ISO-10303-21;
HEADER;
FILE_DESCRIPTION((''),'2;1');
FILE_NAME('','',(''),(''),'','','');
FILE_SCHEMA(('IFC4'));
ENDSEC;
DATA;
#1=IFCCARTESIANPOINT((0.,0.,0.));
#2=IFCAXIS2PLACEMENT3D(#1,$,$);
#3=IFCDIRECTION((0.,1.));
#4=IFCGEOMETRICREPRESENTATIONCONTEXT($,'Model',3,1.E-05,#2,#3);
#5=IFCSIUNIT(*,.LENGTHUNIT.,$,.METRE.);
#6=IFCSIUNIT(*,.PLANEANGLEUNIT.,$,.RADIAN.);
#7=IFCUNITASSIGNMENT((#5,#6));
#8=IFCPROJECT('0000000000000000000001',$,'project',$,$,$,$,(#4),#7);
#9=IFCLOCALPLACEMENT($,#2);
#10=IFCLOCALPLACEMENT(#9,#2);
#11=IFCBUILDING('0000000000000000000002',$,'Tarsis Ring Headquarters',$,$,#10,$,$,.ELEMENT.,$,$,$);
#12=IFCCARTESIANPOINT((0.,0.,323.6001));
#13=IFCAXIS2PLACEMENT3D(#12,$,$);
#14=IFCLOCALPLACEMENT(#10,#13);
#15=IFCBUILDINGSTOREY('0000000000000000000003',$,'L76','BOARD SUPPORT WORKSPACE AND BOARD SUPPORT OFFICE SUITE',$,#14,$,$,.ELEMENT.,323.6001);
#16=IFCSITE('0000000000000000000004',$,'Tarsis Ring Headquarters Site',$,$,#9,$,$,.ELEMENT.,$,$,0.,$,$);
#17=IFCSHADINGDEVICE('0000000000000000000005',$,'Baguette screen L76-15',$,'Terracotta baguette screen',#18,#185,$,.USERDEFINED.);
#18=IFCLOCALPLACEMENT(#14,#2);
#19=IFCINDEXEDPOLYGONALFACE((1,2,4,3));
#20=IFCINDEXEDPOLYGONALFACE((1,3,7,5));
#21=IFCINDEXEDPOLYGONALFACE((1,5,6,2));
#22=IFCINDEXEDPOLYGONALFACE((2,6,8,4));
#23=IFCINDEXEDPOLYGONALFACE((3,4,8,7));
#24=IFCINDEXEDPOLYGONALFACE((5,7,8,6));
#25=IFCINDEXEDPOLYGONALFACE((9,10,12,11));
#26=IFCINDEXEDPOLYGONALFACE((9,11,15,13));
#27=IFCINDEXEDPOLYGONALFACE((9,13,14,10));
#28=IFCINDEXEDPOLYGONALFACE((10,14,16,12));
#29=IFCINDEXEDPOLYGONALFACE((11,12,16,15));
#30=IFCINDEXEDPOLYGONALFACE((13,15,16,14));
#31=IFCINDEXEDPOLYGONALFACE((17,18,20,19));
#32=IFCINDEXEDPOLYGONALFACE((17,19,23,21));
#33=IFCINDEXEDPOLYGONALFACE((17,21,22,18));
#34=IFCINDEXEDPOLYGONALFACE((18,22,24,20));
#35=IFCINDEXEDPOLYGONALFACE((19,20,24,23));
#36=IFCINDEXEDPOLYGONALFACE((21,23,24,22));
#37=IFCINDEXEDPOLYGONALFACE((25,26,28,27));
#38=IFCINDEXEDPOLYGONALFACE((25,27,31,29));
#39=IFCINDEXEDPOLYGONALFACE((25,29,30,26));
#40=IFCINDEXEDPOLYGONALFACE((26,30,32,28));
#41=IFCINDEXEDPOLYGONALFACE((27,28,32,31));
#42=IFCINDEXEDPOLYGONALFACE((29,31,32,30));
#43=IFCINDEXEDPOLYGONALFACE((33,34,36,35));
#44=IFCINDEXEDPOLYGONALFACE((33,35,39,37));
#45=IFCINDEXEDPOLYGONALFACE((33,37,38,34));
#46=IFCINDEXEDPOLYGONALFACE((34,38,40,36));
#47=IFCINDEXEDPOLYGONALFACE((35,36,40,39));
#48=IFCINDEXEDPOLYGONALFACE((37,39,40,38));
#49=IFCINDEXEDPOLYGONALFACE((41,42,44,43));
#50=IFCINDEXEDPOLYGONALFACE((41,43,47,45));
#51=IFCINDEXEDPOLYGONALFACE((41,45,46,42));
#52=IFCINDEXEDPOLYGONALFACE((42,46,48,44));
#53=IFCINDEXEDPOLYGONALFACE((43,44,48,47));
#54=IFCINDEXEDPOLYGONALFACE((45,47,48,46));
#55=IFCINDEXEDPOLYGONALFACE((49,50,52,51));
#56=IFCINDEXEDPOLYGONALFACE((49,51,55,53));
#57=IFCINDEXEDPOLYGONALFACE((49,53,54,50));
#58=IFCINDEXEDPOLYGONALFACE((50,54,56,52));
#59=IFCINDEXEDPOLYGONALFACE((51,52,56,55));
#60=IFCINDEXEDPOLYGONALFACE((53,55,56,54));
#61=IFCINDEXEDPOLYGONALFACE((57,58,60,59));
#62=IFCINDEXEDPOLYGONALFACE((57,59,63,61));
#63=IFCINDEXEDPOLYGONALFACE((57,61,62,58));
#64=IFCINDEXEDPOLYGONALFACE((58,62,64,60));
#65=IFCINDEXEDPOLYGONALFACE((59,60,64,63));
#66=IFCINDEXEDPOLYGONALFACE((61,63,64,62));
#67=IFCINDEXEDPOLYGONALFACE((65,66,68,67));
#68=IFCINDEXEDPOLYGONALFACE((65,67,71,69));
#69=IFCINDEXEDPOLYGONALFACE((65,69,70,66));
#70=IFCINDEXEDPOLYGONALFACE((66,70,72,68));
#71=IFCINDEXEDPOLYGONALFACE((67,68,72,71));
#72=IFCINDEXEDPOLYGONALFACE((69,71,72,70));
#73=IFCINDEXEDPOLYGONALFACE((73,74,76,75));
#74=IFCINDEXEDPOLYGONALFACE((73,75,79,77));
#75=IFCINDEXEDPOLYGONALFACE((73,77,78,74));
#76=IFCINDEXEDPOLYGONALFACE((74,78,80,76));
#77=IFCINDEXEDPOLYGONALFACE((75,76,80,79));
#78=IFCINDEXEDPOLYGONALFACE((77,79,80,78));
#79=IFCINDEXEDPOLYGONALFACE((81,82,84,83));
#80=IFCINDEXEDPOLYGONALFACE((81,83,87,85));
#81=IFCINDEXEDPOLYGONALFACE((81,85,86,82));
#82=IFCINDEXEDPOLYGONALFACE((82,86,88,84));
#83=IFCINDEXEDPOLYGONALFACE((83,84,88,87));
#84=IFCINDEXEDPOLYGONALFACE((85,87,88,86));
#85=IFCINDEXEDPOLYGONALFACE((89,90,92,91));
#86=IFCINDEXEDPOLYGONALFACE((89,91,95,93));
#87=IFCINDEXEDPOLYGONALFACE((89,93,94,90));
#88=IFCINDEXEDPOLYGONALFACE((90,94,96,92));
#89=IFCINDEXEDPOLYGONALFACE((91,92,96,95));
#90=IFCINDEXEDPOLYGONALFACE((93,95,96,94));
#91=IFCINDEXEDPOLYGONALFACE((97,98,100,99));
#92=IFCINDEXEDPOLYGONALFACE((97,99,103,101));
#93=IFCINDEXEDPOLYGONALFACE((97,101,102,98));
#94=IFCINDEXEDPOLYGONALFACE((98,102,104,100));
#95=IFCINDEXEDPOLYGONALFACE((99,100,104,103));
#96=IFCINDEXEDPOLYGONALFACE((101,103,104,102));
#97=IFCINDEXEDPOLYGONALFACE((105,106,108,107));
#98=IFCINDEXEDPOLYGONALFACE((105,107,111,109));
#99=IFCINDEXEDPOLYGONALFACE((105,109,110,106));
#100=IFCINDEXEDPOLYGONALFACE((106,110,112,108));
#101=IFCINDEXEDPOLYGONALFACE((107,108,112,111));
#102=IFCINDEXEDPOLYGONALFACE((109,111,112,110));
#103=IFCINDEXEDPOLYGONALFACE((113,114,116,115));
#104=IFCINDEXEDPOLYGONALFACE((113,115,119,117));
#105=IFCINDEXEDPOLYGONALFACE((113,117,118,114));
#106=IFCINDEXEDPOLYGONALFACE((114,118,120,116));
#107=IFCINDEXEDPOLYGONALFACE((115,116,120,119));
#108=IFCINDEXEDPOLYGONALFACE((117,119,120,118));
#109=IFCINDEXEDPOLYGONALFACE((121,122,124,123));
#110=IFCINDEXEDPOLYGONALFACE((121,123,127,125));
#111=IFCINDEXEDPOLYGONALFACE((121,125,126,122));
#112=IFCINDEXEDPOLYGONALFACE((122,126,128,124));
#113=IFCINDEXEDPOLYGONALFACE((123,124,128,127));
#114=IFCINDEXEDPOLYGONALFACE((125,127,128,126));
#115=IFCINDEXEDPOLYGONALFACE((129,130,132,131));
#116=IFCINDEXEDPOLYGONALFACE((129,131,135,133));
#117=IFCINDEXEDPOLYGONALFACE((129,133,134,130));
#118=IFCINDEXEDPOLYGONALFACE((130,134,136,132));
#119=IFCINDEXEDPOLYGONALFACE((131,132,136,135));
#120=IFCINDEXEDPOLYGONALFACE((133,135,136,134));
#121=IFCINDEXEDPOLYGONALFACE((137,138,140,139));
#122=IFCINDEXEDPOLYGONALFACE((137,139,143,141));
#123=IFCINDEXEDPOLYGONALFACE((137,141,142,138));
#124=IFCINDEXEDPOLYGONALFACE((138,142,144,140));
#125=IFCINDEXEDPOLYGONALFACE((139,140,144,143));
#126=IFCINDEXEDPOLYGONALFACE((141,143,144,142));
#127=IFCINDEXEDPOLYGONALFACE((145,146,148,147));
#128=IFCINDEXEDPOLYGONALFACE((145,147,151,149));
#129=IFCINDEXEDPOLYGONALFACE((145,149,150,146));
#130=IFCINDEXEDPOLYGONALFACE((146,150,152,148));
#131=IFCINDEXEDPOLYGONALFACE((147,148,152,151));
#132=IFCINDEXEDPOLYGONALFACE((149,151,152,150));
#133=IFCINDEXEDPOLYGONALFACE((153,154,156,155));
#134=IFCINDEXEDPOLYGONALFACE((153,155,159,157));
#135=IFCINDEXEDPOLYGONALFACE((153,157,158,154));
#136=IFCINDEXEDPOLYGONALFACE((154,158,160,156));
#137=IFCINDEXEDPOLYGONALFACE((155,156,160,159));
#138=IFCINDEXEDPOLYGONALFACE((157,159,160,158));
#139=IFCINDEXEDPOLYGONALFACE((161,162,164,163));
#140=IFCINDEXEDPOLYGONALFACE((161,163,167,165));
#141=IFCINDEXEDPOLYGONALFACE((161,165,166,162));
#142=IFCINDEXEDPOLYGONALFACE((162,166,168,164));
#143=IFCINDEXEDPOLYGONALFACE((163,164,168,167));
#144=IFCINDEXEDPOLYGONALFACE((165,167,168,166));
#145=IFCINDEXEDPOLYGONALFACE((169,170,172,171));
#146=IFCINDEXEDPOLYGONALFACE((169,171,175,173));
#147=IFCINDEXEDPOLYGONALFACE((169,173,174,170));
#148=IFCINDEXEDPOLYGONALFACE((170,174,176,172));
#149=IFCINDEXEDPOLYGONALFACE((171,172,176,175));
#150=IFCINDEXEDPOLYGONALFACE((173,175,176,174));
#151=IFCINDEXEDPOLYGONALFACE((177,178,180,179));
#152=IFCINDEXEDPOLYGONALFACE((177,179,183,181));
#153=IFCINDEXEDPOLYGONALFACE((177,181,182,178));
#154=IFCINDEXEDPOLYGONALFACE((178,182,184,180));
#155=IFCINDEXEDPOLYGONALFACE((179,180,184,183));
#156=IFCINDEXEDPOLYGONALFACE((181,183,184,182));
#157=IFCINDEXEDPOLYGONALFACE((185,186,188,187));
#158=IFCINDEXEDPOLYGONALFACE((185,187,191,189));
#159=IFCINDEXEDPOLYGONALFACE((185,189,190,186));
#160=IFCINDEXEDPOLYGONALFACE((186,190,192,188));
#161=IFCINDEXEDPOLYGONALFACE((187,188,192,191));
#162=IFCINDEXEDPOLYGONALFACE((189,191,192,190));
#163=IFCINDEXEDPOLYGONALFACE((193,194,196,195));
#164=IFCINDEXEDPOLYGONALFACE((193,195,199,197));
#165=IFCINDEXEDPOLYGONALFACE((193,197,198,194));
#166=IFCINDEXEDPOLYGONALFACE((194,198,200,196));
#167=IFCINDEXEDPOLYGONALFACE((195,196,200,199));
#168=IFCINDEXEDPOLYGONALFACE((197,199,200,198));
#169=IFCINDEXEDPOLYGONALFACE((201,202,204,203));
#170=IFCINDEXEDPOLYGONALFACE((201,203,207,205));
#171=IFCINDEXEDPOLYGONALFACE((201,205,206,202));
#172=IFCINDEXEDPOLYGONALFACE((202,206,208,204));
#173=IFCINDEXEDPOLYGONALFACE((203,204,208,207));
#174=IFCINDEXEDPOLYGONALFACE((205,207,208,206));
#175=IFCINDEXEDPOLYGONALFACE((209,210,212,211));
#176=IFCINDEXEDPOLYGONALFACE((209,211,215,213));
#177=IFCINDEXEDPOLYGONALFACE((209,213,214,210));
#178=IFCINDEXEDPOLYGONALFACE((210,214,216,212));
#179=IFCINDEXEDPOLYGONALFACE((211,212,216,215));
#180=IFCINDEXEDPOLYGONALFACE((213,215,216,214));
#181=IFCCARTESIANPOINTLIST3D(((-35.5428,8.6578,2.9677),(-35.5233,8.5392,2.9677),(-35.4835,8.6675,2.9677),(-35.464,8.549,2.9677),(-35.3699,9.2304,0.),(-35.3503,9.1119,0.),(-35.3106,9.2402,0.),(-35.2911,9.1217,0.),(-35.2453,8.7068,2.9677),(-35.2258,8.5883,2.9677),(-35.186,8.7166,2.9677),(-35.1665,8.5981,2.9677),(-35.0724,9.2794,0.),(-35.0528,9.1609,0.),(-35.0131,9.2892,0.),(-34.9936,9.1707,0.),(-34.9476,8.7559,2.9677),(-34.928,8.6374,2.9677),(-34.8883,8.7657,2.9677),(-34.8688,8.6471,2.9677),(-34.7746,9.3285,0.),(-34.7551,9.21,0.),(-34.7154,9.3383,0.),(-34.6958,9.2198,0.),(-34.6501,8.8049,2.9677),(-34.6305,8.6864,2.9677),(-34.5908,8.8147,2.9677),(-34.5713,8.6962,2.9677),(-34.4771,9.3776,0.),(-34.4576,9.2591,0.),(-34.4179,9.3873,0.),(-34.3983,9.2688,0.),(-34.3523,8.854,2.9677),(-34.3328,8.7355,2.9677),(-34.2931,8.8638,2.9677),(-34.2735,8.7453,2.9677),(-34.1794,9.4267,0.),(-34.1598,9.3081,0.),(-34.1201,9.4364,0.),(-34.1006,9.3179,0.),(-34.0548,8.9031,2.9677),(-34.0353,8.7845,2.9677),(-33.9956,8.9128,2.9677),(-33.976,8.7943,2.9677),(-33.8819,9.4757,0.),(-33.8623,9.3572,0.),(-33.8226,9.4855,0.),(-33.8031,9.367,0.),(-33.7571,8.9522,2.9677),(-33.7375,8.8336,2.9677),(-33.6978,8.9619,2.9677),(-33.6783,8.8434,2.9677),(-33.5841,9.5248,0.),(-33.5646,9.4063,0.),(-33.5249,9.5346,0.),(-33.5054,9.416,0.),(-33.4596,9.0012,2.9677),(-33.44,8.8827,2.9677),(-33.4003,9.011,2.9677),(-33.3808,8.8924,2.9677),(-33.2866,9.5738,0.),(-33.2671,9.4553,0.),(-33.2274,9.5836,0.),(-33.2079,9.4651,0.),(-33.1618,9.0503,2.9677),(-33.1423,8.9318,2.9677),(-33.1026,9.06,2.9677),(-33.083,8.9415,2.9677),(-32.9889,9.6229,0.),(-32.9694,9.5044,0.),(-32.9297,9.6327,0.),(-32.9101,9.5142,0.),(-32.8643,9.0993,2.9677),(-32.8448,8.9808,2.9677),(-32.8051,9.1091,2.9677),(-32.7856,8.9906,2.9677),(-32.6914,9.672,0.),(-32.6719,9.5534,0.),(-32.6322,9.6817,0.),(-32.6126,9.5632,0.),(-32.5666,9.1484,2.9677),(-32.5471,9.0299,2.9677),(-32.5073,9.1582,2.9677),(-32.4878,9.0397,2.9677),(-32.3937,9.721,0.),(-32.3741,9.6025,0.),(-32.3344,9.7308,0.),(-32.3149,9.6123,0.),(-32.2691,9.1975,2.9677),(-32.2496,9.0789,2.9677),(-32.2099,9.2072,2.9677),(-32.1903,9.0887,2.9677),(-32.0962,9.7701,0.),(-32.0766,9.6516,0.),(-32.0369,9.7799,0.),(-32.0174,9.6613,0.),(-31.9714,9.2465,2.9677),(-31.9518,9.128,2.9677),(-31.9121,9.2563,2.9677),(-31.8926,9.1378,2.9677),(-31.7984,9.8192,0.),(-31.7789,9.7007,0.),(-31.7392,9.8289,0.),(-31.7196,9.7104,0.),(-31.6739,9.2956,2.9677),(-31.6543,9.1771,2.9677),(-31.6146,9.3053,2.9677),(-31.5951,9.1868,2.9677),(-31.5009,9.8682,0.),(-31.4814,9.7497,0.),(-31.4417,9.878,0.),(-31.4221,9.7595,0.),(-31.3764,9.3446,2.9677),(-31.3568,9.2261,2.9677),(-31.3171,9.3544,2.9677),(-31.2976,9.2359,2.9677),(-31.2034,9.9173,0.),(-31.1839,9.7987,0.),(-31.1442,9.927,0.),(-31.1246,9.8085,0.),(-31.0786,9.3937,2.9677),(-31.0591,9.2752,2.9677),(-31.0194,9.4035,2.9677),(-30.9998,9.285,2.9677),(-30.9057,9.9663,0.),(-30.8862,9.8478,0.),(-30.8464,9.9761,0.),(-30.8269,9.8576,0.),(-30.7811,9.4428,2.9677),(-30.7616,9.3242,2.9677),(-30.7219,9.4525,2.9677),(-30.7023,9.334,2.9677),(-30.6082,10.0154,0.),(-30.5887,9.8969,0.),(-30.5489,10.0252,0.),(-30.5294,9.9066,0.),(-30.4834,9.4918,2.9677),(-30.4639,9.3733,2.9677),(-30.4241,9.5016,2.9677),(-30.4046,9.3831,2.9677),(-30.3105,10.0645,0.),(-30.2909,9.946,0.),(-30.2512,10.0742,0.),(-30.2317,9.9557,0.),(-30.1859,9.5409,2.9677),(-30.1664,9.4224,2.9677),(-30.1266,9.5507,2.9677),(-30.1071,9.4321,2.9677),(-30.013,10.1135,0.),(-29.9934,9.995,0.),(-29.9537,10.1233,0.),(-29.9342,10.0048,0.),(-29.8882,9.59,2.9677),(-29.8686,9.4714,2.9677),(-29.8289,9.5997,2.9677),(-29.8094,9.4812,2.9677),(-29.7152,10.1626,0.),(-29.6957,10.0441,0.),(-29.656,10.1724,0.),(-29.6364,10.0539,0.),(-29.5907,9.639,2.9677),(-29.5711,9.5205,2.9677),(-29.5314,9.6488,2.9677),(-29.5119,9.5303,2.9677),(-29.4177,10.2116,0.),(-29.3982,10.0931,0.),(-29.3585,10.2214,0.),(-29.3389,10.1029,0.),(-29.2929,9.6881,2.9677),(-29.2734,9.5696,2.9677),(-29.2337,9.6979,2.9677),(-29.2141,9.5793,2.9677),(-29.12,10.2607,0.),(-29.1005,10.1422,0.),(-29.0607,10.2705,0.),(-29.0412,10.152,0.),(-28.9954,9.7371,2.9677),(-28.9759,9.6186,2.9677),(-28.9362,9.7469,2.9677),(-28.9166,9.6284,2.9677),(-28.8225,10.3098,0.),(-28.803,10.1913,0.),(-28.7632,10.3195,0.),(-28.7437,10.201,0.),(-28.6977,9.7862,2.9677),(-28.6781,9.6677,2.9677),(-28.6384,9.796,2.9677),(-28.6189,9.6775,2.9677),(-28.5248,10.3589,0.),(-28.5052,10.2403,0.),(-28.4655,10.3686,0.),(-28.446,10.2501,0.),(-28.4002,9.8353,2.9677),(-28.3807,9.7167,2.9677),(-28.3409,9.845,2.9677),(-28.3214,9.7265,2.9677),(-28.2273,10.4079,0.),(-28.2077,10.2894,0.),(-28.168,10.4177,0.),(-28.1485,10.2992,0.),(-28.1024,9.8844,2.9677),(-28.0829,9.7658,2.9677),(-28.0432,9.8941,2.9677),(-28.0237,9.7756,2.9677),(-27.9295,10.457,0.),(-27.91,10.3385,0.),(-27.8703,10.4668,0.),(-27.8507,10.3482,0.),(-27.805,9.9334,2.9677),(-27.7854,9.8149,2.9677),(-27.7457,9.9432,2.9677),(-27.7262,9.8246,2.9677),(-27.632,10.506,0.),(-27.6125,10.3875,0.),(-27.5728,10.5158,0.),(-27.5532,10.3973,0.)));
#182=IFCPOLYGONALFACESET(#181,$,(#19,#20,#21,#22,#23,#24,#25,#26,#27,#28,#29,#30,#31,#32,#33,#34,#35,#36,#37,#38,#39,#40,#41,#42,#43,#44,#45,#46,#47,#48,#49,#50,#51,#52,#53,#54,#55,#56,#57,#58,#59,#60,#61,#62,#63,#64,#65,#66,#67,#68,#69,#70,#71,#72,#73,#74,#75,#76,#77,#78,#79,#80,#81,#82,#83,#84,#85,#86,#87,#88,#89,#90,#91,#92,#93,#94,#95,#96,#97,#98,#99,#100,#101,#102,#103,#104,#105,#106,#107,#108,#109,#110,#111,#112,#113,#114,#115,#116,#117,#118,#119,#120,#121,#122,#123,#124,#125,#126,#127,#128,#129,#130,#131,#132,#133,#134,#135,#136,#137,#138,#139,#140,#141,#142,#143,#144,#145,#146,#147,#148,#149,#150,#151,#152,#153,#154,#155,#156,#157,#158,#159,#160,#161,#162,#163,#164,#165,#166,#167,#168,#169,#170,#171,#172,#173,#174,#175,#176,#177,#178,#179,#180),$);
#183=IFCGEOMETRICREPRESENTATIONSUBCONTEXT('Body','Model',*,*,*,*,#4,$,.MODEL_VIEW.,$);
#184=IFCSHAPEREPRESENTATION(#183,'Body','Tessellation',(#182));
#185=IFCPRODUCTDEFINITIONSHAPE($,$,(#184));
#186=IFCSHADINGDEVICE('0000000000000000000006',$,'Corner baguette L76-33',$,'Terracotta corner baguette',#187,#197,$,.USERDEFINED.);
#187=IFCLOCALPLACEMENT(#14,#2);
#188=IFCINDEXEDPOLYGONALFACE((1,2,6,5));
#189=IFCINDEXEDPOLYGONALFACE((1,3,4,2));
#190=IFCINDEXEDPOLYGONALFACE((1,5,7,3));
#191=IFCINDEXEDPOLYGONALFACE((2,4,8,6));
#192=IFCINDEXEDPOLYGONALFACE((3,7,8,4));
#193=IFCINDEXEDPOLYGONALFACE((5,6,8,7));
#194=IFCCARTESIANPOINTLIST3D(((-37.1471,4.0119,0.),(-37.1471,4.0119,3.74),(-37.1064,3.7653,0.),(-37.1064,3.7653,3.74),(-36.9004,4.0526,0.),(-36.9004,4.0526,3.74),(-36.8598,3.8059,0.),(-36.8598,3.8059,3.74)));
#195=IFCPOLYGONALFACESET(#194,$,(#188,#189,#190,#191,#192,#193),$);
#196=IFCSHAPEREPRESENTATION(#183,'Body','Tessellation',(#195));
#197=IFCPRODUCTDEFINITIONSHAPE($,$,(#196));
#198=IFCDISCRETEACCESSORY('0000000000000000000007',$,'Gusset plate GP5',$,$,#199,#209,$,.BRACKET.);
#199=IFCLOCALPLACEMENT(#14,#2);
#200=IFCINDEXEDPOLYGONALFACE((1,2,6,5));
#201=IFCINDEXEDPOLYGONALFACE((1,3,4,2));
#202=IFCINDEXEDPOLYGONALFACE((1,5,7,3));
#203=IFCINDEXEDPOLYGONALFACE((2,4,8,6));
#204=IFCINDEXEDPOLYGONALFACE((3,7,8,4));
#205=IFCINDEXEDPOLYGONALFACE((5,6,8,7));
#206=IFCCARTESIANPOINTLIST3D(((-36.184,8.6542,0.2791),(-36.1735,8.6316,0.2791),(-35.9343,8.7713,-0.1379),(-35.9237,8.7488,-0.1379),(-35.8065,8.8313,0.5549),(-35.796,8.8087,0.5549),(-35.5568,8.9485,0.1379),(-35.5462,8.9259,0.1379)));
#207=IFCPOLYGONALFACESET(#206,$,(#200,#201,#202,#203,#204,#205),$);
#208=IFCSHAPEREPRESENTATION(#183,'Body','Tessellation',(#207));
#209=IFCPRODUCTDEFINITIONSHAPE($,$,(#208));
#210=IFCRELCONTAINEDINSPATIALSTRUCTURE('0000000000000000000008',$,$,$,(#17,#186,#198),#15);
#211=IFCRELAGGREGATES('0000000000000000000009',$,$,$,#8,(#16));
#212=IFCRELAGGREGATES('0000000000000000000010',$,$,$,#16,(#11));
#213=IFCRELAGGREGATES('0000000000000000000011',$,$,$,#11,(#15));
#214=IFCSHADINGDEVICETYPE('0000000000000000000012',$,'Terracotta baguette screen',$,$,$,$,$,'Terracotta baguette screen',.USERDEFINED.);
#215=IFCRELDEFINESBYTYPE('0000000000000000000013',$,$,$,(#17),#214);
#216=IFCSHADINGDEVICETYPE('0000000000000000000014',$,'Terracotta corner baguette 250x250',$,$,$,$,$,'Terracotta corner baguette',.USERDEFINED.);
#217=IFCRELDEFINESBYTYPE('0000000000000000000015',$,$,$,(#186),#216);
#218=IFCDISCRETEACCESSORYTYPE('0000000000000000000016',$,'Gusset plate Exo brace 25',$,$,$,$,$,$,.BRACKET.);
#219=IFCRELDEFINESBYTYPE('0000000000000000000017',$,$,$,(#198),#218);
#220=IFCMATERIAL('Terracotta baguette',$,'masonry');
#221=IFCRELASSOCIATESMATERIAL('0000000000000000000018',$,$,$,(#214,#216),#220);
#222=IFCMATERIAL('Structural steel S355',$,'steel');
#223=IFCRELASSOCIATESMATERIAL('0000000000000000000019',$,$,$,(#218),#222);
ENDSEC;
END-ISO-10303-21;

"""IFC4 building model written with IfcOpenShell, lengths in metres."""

from ifc_helpers import new_model, si_unit, direction, frame, frame_2d, origin, origin_2d, place, context, subcontext, project, spatial, rectangle, composite_profile, extrude, material, material_profile, profile_set, type_object, element, save


model = new_model("IFC4")

# Units and contexts
model_context = context("Model", 3, precision=1e-05, world=origin(), true_north=direction((0.0, 1.0)))
body_context = subcontext(model_context, "Body", "Model", "MODEL_VIEW")
ifc_project = project(units=[si_unit("LENGTHUNIT", "METRE"), si_unit("PLANEANGLEUNIT", "RADIAN")], contexts=[model_context])

# Site, building, storey
site_placement = place(None, origin())
site = spatial("IfcSite", under=ifc_project, at=site_placement, Name="Tarsis Ring Headquarters Site", CompositionType="ELEMENT", RefElevation=0.0)
building_placement = place(site_placement, origin())
building = spatial("IfcBuilding", under=site, at=building_placement, Name="Tarsis Ring Headquarters", CompositionType="ELEMENT")
storey_placement = place(building_placement, frame((0.0, 0.0, 323.6001)))
storey = spatial("IfcBuildingStorey", under=building, at=storey_placement, Name="L76", Description="BOARD SUPPORT WORKSPACE AND BOARD SUPPORT OFFICE SUITE", CompositionType="ELEMENT", Elevation=323.6001)

# Shared definitions
ifc_material_1 = material(Name="Structural steel S355", Category="steel")

# Shading devices
ifc_material_2 = material(Name="Terracotta baguette", Category="masonry")
shading_device_type_1 = type_object("IfcShadingDeviceType", Name="Terracotta baguette screen", ElementType="Terracotta baguette screen", PredefinedType="USERDEFINED", material=ifc_material_2)
shading_device_1_placement = place(storey_placement, frame((-27.563, 10.4565, 0.0), z_axis=(0.0, 0.0, 1.0), x_axis=(-0.986684, -0.162661, 0.0)))
element("IfcShadingDevice", 1, at=shading_device_1_placement, inside=storey, type_object=shading_device_type_1, Name="Baguette screen L76-15", ObjectType="Terracotta baguette screen", PredefinedType="USERDEFINED", context=body_context, shape_type="SweptSolid", body=[
    extrude(composite_profile([rectangle(XDim=0.0601, YDim=0.1201, at=frame_2d((0.03, 0.0))), rectangle(XDim=0.0601, YDim=0.1201, at=frame_2d((0.3315, 0.0))), rectangle(XDim=0.0601, YDim=0.1201, at=frame_2d((0.6333, 0.0))), rectangle(XDim=0.0601, YDim=0.1201, at=frame_2d((0.9348, 0.0))), rectangle(XDim=0.0601, YDim=0.1201, at=frame_2d((1.2366, 0.0))), rectangle(XDim=0.0601, YDim=0.1201, at=frame_2d((1.5381, 0.0))), rectangle(XDim=0.0601, YDim=0.1201, at=frame_2d((1.8398, 0.0))), rectangle(XDim=0.0601, YDim=0.1201, at=frame_2d((2.1414, 0.0))), rectangle(XDim=0.0601, YDim=0.1201, at=frame_2d((2.4431, 0.0))), rectangle(XDim=0.0601, YDim=0.1201, at=frame_2d((2.7446, 0.0))), rectangle(XDim=0.0601, YDim=0.1201, at=frame_2d((3.0464, 0.0))), rectangle(XDim=0.0601, YDim=0.1201, at=frame_2d((3.3479, 0.0))), rectangle(XDim=0.0601, YDim=0.1201, at=frame_2d((3.6497, 0.0))), rectangle(XDim=0.0601, YDim=0.1201, at=frame_2d((3.9512, 0.0))), rectangle(XDim=0.0601, YDim=0.1201, at=frame_2d((4.2527, 0.0))), rectangle(XDim=0.0601, YDim=0.1201, at=frame_2d((4.5544, 0.0))), rectangle(XDim=0.0601, YDim=0.1201, at=frame_2d((4.856, 0.0))), rectangle(XDim=0.0601, YDim=0.1201, at=frame_2d((5.1577, 0.0))), rectangle(XDim=0.0601, YDim=0.1201, at=frame_2d((5.4592, 0.0))), rectangle(XDim=0.0601, YDim=0.1201, at=frame_2d((5.761, 0.0))), rectangle(XDim=0.0601, YDim=0.1201, at=frame_2d((6.0625, 0.0))), rectangle(XDim=0.0601, YDim=0.1201, at=frame_2d((6.3643, 0.0))), rectangle(XDim=0.0601, YDim=0.1201, at=frame_2d((6.6658, 0.0))), rectangle(XDim=0.0601, YDim=0.1201, at=frame_2d((6.9675, 0.0))), rectangle(XDim=0.0601, YDim=0.1201, at=frame_2d((7.269, 0.0))), rectangle(XDim=0.0601, YDim=0.1201, at=frame_2d((7.5708, 0.0))), rectangle(XDim=0.0601, YDim=0.1201, at=frame_2d((7.8723, 0.0)))]), origin(), (0.087132, 0.177344, 0.980284), 3.0273),
])
shading_device_type_2 = type_object("IfcShadingDeviceType", Name="Terracotta corner baguette 250x250", ElementType="Terracotta corner baguette", PredefinedType="USERDEFINED", material=ifc_material_2)
shading_device_2_placement = place(storey_placement, frame((-37.0034, 3.9089, 0.0), z_axis=(0.0, 0.0, 1.0), x_axis=(0.162637, -0.986686, 0.0)))
element("IfcShadingDevice", 2, at=shading_device_2_placement, inside=storey, type_object=shading_device_type_2, Name="Corner baguette L76-33", ObjectType="Terracotta corner baguette", PredefinedType="USERDEFINED", context=body_context, shape_type="SweptSolid", body=[
    extrude(rectangle(XDim=0.25, YDim=0.25, at=origin_2d()), origin(), (0.0, 0.0, 1.0), 3.74),
])

# Discrete accessory
ifc_material_profile_1 = material_profile(ifc_material_1, rectangle(XDim=0.0249, YDim=0.5, at=origin_2d()), Name="PL 25x500")
ifc_profile_set_1 = profile_set([ifc_material_profile_1], Name="Structural steel S355")
discrete_accessory_type = type_object("IfcDiscreteAccessoryType", Name="Gusset plate Exo brace 25", PredefinedType="BRACKET", material=ifc_profile_set_1)
discrete_accessory_placement = place(storey_placement, frame((-35.7402, 8.8486, 0.0), z_axis=(-0.499518, -0.234378, 0.833995), x_axis=(0.424774, -0.905299, 0.0)))
element("IfcDiscreteAccessory", 3, at=discrete_accessory_placement, inside=storey, type_object=discrete_accessory_type, Name="Gusset plate GP5", PredefinedType="BRACKET", context=body_context, shape_type="SweptSolid", body=[
    extrude(rectangle(XDim=0.0249, YDim=0.5, at=origin_2d()), origin(), (0.0, 0.0, 1.0), 0.5),
])

save(model, "model.ifc")
